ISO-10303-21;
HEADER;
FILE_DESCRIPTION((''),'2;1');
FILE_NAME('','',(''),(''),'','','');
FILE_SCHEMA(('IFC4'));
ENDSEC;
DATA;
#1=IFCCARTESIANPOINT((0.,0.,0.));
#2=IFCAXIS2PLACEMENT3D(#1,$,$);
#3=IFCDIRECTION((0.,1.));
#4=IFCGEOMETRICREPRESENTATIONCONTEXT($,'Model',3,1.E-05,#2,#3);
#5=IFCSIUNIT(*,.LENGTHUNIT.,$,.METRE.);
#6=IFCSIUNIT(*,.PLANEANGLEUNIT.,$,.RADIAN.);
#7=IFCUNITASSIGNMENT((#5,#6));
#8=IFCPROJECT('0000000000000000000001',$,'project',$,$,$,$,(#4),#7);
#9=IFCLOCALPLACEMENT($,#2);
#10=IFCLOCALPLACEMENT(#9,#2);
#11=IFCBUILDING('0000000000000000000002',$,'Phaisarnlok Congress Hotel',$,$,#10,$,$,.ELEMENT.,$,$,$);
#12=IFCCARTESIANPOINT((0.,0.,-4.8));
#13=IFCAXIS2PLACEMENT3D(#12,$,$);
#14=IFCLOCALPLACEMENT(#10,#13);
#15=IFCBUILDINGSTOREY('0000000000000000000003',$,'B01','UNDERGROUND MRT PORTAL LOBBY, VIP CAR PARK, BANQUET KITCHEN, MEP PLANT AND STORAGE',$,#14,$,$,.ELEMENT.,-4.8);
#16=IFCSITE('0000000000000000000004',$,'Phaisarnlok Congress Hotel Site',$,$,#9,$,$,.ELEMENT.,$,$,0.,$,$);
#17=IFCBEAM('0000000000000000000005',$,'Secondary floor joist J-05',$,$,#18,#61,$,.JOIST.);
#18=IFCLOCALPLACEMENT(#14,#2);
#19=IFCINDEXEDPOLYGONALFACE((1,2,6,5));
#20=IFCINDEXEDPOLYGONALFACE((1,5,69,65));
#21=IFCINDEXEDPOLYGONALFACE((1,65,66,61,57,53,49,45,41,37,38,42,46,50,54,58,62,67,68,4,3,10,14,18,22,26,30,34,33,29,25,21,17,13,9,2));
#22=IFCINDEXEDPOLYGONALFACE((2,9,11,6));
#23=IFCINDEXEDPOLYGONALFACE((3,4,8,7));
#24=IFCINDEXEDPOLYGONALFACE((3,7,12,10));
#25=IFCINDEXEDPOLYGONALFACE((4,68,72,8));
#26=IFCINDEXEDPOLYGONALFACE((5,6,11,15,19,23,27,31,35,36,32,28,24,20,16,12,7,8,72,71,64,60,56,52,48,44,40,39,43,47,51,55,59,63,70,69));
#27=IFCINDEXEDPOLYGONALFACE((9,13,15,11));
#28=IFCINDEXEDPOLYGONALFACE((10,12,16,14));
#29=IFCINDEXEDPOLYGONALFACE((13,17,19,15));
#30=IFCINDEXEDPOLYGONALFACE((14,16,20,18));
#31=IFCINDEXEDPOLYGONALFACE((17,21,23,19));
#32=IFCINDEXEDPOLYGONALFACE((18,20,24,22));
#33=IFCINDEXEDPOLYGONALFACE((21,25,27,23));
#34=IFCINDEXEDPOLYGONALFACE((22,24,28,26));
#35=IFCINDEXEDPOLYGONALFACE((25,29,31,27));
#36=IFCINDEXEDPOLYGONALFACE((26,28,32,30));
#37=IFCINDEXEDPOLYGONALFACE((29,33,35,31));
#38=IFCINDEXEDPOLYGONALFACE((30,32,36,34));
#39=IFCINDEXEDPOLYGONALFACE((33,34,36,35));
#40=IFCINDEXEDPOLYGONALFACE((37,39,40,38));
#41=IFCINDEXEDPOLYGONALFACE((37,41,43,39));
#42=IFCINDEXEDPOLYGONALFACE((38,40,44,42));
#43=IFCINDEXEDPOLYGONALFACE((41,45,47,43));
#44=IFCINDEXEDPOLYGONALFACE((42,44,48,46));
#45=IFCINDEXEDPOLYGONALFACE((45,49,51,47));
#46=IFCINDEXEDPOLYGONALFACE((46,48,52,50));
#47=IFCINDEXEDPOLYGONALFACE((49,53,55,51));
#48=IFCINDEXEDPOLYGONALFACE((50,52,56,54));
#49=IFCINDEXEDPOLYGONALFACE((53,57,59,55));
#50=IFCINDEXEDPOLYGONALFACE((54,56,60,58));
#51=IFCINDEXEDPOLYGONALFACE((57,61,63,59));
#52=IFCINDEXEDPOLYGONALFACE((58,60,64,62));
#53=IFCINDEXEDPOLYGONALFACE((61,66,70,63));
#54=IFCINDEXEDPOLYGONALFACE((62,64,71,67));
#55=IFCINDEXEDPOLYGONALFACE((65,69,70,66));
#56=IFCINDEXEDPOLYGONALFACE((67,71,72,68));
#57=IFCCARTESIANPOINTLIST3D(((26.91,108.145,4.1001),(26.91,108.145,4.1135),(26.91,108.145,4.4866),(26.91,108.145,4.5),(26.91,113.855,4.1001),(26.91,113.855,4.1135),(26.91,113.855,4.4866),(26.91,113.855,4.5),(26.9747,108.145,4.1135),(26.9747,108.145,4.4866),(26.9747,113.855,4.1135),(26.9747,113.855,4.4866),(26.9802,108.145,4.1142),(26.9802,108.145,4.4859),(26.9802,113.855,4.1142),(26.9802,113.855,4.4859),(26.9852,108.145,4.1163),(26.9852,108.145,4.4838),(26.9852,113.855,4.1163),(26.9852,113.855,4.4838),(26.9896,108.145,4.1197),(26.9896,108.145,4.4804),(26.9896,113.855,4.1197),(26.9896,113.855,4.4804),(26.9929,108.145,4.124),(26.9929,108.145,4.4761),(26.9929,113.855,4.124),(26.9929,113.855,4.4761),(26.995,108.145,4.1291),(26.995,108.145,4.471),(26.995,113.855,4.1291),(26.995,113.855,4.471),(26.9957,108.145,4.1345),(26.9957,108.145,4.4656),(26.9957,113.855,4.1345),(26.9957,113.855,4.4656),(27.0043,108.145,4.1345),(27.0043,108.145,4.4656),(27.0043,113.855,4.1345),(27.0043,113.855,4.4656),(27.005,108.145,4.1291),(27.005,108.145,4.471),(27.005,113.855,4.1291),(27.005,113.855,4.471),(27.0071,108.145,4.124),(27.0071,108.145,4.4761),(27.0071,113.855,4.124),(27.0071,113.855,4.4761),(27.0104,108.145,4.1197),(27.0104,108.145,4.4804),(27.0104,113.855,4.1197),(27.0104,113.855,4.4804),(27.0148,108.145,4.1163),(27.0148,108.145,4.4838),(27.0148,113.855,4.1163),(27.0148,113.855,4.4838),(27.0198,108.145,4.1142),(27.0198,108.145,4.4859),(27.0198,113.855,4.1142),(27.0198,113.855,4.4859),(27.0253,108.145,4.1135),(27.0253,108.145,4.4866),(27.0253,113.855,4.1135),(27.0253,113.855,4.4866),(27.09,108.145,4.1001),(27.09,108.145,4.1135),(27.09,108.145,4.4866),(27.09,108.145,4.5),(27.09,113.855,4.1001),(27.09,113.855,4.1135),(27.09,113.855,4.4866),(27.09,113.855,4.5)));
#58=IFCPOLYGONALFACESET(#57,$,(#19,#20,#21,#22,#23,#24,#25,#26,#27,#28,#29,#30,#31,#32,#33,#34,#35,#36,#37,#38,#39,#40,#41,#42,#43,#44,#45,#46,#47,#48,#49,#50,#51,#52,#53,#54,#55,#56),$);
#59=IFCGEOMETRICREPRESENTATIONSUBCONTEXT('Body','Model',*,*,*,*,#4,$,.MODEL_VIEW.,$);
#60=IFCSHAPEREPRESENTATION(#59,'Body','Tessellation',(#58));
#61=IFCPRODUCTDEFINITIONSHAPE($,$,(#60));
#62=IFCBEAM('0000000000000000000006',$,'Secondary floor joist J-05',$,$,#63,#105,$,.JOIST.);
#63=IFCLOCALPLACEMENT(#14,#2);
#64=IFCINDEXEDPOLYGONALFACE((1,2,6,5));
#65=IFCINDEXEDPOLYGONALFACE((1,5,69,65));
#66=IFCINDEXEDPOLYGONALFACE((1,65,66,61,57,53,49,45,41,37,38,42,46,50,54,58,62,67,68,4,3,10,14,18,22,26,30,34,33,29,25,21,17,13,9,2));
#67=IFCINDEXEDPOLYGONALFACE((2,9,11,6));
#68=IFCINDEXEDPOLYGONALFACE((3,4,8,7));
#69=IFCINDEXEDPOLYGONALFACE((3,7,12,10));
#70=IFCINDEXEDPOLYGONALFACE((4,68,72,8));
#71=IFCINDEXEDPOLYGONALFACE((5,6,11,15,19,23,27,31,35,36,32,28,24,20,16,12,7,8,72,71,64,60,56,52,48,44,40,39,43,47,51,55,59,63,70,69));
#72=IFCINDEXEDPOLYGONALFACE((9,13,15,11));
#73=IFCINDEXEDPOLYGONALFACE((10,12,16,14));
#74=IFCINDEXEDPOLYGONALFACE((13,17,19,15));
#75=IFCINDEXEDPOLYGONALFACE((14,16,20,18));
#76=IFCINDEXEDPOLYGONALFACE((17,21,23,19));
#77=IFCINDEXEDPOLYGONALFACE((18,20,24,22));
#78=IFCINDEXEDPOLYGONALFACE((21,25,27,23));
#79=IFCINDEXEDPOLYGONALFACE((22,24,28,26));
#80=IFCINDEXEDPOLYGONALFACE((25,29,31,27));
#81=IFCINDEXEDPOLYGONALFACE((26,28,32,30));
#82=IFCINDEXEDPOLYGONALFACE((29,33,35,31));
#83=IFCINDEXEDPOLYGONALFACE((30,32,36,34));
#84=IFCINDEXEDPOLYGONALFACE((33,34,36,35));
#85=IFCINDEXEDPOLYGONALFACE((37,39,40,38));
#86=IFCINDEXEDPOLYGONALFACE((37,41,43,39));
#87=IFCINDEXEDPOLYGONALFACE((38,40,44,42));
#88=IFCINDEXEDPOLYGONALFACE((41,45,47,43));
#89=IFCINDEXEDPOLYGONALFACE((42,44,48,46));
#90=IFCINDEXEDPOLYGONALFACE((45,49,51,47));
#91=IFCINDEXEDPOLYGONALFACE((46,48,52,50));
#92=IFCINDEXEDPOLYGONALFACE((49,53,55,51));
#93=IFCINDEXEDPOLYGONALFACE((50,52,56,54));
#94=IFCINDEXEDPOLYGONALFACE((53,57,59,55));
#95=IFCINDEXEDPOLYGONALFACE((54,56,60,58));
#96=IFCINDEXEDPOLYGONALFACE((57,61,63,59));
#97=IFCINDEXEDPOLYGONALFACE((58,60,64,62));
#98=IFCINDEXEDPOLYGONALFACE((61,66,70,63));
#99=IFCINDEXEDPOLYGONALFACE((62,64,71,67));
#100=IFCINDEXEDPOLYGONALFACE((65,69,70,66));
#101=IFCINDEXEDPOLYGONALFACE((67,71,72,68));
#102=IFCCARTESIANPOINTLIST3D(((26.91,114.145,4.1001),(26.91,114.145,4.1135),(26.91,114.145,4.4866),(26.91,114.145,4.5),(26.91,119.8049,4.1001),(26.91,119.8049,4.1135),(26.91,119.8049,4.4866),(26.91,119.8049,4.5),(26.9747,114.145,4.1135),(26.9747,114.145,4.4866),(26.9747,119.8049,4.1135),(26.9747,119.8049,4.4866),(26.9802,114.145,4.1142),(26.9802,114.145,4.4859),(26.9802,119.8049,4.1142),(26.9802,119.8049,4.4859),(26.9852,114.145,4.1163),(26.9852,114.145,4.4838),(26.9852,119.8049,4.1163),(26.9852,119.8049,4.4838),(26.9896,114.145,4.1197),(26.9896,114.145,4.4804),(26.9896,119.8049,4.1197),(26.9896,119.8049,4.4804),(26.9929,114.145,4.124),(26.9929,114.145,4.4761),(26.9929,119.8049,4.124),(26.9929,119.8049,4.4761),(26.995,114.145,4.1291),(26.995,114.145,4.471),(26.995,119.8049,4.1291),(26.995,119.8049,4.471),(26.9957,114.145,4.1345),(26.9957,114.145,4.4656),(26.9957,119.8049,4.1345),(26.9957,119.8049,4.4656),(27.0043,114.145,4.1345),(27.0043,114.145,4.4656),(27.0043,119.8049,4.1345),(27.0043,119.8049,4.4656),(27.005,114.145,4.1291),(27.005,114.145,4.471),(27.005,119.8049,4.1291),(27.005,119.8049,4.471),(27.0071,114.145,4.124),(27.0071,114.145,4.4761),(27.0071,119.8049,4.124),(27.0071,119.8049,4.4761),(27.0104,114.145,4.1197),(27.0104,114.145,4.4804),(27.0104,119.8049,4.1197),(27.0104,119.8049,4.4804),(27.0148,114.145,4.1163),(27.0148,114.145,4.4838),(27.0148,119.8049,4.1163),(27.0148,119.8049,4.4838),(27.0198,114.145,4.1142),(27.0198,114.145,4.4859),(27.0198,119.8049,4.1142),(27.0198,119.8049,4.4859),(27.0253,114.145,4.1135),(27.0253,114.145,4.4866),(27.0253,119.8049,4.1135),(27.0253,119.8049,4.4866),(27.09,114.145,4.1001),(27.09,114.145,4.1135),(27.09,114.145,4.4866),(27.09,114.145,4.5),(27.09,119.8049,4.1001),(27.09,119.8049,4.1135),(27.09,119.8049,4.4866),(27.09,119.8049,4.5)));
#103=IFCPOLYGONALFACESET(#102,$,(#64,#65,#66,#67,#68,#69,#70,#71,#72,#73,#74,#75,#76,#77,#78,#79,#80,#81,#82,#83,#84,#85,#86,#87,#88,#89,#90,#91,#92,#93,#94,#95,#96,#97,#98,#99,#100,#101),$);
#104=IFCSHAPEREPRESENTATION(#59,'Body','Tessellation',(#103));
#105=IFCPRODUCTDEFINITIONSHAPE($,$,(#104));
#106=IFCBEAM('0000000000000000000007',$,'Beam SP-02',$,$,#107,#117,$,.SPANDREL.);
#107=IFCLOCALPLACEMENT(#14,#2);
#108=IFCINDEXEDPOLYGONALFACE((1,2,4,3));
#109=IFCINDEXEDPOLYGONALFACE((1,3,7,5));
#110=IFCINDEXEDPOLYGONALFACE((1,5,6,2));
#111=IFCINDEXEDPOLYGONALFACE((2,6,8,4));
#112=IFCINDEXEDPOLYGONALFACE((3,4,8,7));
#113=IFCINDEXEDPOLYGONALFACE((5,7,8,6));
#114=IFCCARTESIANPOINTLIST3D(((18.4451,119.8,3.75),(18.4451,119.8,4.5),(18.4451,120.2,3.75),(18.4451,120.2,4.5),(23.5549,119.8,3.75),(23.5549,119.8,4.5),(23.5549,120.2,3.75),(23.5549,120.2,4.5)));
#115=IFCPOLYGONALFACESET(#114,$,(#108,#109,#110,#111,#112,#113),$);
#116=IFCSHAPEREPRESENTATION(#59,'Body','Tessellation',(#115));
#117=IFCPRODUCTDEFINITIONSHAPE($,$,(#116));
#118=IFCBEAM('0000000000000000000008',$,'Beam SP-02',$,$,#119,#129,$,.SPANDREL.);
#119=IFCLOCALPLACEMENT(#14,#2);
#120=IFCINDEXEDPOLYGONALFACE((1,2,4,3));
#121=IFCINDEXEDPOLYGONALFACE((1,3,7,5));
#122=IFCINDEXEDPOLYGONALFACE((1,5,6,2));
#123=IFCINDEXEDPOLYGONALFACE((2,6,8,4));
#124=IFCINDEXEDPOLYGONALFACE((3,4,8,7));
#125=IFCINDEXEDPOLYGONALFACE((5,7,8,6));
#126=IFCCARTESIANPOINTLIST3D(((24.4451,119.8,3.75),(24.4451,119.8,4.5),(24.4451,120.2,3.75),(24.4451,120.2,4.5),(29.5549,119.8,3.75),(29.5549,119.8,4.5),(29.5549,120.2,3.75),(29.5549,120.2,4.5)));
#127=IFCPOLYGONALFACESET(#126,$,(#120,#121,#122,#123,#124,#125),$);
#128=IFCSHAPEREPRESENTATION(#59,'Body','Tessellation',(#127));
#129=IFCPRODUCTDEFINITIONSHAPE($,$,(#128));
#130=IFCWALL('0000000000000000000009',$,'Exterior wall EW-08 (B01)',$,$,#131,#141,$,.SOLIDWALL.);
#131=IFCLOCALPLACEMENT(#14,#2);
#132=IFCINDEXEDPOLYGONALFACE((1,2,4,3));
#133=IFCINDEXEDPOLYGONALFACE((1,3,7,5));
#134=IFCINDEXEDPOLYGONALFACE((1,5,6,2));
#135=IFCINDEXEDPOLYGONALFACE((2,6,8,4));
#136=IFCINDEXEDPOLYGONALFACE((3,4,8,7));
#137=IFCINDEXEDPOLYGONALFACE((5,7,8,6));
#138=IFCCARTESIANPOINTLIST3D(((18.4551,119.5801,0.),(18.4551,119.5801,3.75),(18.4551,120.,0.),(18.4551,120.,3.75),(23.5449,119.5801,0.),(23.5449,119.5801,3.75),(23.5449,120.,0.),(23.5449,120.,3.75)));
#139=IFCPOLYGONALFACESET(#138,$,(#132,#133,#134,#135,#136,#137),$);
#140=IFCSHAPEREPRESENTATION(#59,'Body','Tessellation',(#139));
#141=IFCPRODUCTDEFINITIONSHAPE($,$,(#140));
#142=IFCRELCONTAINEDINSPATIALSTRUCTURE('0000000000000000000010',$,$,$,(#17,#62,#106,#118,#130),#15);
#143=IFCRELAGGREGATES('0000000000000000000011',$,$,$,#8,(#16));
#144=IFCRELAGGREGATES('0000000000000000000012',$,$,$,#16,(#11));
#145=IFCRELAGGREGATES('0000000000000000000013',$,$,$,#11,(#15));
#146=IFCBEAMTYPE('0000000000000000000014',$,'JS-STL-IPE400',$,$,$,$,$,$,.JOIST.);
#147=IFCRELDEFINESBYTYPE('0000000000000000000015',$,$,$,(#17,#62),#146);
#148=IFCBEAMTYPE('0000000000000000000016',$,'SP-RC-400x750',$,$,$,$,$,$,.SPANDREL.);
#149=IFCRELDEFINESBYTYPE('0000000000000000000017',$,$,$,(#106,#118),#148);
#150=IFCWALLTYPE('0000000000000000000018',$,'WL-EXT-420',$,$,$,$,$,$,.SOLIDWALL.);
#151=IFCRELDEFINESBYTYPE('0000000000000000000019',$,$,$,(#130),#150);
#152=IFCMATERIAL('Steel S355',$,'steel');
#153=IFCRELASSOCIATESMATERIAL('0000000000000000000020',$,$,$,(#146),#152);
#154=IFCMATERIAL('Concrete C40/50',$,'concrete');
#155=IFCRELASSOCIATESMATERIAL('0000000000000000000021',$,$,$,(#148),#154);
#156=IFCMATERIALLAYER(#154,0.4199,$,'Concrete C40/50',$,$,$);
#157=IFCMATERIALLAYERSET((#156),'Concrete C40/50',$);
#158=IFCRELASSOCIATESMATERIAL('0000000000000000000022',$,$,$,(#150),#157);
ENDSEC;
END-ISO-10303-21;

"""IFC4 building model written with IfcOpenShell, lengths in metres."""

from ifc_helpers import new_model, si_unit, direction, frame, frame_2d, origin, origin_2d, place, context, subcontext, project, spatial, rectangle, i_section, extrude, material, layer, layer_set, material_profile, profile_set, type_object, element, save


model = new_model("IFC4")

# Units and contexts
model_context = context("Model", 3, precision=1e-05, world=origin(), true_north=direction((0.0, 1.0)))
body_context = subcontext(model_context, "Body", "Model", "MODEL_VIEW")
ifc_project = project(units=[si_unit("LENGTHUNIT", "METRE"), si_unit("PLANEANGLEUNIT", "RADIAN")], contexts=[model_context])

# Site, building, storey
site_placement = place(None, origin())
site = spatial("IfcSite", under=ifc_project, at=site_placement, Name="Phaisarnlok Congress Hotel Site", CompositionType="ELEMENT", RefElevation=0.0)
building_placement = place(site_placement, origin())
building = spatial("IfcBuilding", under=site, at=building_placement, Name="Phaisarnlok Congress Hotel", CompositionType="ELEMENT")
storey_placement = place(building_placement, frame((0.0, 0.0, -4.8)))
storey = spatial("IfcBuildingStorey", under=building, at=storey_placement, Name="B01", Description="UNDERGROUND MRT PORTAL LOBBY, VIP CAR PARK, BANQUET KITCHEN, MEP PLANT AND STORAGE", CompositionType="ELEMENT", Elevation=-4.8)

# Shared definitions
ifc_material_1 = material(Name="Concrete C40/50", Category="concrete")

# Beams
ifc_material_2 = material(Name="Steel S355", Category="steel")
ifc_material_profile_1 = material_profile(ifc_material_2, i_section(OverallWidth=0.1799, OverallDepth=0.3999, WebThickness=0.0085, FlangeThickness=0.0134, FilletRadius=0.021, at=origin_2d()), Name="IPE 400")
ifc_profile_set_1 = profile_set([ifc_material_profile_1], Name="Steel S355")
beam_type_1 = type_object("IfcBeamType", Name="JS-STL-IPE400", PredefinedType="JOIST", material=ifc_profile_set_1)
beam_1_placement = place(storey_placement, frame((27.0, 108.145, 4.3), z_axis=(0.0, 1.0, 0.0), x_axis=(-1.0, 0.0, 0.0)))
element("IfcBeam", 1, at=beam_1_placement, inside=storey, type_object=beam_type_1, Name="Secondary floor joist J-05", PredefinedType="JOIST", context=body_context, shape_type="SweptSolid", body=[
    extrude(i_section(OverallWidth=0.1799, OverallDepth=0.3999, WebThickness=0.0085, FlangeThickness=0.0134, FilletRadius=0.021, at=origin_2d()), origin(), (0.0, 0.0, 1.0), 5.71),
])
beam_2_placement = place(storey_placement, frame((27.0, 114.145, 4.3), z_axis=(0.0, 1.0, 0.0), x_axis=(-1.0, 0.0, 0.0)))
element("IfcBeam", 2, at=beam_2_placement, inside=storey, type_object=beam_type_1, Name="Secondary floor joist J-05", PredefinedType="JOIST", context=body_context, shape_type="SweptSolid", body=[
    extrude(i_section(OverallWidth=0.1799, OverallDepth=0.3999, WebThickness=0.0085, FlangeThickness=0.0134, FilletRadius=0.021, at=origin_2d()), origin(), (0.0, 0.0, 1.0), 5.6599),
])
ifc_material_profile_2 = material_profile(ifc_material_1, rectangle(XDim=0.3999, YDim=0.75, at=origin_2d()), Name="RC 400x750")
ifc_profile_set_2 = profile_set([ifc_material_profile_2], Name="Concrete C40/50")
beam_type_2 = type_object("IfcBeamType", Name="SP-RC-400x750", PredefinedType="SPANDREL", material=ifc_profile_set_2)
for number, where, z_axis, x_axis, name in (
    (3, (18.4451, 120.0, 4.125), (1.0, 0.0, 0.0), (0.0, 1.0, 0.0), "Beam SP-02"),
    (4, (24.4451, 120.0, 4.125), (1.0, 0.0, 0.0), (0.0, 1.0, 0.0), "Beam SP-02"),
):
    element("IfcBeam", number, at=place(storey_placement, frame(where, z_axis=z_axis, x_axis=x_axis)), inside=storey, type_object=beam_type_2, Name=name, PredefinedType="SPANDREL", context=body_context, shape_type="SweptSolid", body=[
        extrude(rectangle(XDim=0.3999, YDim=0.75, at=origin_2d()), origin(), (0.0, 0.0, 1.0), 5.1099),
    ])

# Wall
ifc_layer = layer(ifc_material_1, 0.4199, Name="Concrete C40/50")
ifc_layer_set = layer_set([ifc_layer], Name="Concrete C40/50")
wall_type = type_object("IfcWallType", Name="WL-EXT-420", PredefinedType="SOLIDWALL", material=ifc_layer_set)
wall_placement = place(storey_placement, frame((23.5449, 119.79, 0.0), z_axis=(0.0, 0.0, 1.0), x_axis=(-1.0, 0.0, 0.0)))
element("IfcWall", 5, at=wall_placement, inside=storey, type_object=wall_type, Name="Exterior wall EW-08 (B01)", PredefinedType="SOLIDWALL", context=body_context, shape_type="SweptSolid", body=[
    extrude(rectangle(XDim=5.0898, YDim=0.4199, at=frame_2d((2.5449, 0.0))), origin(), (0.0, 0.0, 1.0), 3.75),
])

save(model, "model.ifc")
